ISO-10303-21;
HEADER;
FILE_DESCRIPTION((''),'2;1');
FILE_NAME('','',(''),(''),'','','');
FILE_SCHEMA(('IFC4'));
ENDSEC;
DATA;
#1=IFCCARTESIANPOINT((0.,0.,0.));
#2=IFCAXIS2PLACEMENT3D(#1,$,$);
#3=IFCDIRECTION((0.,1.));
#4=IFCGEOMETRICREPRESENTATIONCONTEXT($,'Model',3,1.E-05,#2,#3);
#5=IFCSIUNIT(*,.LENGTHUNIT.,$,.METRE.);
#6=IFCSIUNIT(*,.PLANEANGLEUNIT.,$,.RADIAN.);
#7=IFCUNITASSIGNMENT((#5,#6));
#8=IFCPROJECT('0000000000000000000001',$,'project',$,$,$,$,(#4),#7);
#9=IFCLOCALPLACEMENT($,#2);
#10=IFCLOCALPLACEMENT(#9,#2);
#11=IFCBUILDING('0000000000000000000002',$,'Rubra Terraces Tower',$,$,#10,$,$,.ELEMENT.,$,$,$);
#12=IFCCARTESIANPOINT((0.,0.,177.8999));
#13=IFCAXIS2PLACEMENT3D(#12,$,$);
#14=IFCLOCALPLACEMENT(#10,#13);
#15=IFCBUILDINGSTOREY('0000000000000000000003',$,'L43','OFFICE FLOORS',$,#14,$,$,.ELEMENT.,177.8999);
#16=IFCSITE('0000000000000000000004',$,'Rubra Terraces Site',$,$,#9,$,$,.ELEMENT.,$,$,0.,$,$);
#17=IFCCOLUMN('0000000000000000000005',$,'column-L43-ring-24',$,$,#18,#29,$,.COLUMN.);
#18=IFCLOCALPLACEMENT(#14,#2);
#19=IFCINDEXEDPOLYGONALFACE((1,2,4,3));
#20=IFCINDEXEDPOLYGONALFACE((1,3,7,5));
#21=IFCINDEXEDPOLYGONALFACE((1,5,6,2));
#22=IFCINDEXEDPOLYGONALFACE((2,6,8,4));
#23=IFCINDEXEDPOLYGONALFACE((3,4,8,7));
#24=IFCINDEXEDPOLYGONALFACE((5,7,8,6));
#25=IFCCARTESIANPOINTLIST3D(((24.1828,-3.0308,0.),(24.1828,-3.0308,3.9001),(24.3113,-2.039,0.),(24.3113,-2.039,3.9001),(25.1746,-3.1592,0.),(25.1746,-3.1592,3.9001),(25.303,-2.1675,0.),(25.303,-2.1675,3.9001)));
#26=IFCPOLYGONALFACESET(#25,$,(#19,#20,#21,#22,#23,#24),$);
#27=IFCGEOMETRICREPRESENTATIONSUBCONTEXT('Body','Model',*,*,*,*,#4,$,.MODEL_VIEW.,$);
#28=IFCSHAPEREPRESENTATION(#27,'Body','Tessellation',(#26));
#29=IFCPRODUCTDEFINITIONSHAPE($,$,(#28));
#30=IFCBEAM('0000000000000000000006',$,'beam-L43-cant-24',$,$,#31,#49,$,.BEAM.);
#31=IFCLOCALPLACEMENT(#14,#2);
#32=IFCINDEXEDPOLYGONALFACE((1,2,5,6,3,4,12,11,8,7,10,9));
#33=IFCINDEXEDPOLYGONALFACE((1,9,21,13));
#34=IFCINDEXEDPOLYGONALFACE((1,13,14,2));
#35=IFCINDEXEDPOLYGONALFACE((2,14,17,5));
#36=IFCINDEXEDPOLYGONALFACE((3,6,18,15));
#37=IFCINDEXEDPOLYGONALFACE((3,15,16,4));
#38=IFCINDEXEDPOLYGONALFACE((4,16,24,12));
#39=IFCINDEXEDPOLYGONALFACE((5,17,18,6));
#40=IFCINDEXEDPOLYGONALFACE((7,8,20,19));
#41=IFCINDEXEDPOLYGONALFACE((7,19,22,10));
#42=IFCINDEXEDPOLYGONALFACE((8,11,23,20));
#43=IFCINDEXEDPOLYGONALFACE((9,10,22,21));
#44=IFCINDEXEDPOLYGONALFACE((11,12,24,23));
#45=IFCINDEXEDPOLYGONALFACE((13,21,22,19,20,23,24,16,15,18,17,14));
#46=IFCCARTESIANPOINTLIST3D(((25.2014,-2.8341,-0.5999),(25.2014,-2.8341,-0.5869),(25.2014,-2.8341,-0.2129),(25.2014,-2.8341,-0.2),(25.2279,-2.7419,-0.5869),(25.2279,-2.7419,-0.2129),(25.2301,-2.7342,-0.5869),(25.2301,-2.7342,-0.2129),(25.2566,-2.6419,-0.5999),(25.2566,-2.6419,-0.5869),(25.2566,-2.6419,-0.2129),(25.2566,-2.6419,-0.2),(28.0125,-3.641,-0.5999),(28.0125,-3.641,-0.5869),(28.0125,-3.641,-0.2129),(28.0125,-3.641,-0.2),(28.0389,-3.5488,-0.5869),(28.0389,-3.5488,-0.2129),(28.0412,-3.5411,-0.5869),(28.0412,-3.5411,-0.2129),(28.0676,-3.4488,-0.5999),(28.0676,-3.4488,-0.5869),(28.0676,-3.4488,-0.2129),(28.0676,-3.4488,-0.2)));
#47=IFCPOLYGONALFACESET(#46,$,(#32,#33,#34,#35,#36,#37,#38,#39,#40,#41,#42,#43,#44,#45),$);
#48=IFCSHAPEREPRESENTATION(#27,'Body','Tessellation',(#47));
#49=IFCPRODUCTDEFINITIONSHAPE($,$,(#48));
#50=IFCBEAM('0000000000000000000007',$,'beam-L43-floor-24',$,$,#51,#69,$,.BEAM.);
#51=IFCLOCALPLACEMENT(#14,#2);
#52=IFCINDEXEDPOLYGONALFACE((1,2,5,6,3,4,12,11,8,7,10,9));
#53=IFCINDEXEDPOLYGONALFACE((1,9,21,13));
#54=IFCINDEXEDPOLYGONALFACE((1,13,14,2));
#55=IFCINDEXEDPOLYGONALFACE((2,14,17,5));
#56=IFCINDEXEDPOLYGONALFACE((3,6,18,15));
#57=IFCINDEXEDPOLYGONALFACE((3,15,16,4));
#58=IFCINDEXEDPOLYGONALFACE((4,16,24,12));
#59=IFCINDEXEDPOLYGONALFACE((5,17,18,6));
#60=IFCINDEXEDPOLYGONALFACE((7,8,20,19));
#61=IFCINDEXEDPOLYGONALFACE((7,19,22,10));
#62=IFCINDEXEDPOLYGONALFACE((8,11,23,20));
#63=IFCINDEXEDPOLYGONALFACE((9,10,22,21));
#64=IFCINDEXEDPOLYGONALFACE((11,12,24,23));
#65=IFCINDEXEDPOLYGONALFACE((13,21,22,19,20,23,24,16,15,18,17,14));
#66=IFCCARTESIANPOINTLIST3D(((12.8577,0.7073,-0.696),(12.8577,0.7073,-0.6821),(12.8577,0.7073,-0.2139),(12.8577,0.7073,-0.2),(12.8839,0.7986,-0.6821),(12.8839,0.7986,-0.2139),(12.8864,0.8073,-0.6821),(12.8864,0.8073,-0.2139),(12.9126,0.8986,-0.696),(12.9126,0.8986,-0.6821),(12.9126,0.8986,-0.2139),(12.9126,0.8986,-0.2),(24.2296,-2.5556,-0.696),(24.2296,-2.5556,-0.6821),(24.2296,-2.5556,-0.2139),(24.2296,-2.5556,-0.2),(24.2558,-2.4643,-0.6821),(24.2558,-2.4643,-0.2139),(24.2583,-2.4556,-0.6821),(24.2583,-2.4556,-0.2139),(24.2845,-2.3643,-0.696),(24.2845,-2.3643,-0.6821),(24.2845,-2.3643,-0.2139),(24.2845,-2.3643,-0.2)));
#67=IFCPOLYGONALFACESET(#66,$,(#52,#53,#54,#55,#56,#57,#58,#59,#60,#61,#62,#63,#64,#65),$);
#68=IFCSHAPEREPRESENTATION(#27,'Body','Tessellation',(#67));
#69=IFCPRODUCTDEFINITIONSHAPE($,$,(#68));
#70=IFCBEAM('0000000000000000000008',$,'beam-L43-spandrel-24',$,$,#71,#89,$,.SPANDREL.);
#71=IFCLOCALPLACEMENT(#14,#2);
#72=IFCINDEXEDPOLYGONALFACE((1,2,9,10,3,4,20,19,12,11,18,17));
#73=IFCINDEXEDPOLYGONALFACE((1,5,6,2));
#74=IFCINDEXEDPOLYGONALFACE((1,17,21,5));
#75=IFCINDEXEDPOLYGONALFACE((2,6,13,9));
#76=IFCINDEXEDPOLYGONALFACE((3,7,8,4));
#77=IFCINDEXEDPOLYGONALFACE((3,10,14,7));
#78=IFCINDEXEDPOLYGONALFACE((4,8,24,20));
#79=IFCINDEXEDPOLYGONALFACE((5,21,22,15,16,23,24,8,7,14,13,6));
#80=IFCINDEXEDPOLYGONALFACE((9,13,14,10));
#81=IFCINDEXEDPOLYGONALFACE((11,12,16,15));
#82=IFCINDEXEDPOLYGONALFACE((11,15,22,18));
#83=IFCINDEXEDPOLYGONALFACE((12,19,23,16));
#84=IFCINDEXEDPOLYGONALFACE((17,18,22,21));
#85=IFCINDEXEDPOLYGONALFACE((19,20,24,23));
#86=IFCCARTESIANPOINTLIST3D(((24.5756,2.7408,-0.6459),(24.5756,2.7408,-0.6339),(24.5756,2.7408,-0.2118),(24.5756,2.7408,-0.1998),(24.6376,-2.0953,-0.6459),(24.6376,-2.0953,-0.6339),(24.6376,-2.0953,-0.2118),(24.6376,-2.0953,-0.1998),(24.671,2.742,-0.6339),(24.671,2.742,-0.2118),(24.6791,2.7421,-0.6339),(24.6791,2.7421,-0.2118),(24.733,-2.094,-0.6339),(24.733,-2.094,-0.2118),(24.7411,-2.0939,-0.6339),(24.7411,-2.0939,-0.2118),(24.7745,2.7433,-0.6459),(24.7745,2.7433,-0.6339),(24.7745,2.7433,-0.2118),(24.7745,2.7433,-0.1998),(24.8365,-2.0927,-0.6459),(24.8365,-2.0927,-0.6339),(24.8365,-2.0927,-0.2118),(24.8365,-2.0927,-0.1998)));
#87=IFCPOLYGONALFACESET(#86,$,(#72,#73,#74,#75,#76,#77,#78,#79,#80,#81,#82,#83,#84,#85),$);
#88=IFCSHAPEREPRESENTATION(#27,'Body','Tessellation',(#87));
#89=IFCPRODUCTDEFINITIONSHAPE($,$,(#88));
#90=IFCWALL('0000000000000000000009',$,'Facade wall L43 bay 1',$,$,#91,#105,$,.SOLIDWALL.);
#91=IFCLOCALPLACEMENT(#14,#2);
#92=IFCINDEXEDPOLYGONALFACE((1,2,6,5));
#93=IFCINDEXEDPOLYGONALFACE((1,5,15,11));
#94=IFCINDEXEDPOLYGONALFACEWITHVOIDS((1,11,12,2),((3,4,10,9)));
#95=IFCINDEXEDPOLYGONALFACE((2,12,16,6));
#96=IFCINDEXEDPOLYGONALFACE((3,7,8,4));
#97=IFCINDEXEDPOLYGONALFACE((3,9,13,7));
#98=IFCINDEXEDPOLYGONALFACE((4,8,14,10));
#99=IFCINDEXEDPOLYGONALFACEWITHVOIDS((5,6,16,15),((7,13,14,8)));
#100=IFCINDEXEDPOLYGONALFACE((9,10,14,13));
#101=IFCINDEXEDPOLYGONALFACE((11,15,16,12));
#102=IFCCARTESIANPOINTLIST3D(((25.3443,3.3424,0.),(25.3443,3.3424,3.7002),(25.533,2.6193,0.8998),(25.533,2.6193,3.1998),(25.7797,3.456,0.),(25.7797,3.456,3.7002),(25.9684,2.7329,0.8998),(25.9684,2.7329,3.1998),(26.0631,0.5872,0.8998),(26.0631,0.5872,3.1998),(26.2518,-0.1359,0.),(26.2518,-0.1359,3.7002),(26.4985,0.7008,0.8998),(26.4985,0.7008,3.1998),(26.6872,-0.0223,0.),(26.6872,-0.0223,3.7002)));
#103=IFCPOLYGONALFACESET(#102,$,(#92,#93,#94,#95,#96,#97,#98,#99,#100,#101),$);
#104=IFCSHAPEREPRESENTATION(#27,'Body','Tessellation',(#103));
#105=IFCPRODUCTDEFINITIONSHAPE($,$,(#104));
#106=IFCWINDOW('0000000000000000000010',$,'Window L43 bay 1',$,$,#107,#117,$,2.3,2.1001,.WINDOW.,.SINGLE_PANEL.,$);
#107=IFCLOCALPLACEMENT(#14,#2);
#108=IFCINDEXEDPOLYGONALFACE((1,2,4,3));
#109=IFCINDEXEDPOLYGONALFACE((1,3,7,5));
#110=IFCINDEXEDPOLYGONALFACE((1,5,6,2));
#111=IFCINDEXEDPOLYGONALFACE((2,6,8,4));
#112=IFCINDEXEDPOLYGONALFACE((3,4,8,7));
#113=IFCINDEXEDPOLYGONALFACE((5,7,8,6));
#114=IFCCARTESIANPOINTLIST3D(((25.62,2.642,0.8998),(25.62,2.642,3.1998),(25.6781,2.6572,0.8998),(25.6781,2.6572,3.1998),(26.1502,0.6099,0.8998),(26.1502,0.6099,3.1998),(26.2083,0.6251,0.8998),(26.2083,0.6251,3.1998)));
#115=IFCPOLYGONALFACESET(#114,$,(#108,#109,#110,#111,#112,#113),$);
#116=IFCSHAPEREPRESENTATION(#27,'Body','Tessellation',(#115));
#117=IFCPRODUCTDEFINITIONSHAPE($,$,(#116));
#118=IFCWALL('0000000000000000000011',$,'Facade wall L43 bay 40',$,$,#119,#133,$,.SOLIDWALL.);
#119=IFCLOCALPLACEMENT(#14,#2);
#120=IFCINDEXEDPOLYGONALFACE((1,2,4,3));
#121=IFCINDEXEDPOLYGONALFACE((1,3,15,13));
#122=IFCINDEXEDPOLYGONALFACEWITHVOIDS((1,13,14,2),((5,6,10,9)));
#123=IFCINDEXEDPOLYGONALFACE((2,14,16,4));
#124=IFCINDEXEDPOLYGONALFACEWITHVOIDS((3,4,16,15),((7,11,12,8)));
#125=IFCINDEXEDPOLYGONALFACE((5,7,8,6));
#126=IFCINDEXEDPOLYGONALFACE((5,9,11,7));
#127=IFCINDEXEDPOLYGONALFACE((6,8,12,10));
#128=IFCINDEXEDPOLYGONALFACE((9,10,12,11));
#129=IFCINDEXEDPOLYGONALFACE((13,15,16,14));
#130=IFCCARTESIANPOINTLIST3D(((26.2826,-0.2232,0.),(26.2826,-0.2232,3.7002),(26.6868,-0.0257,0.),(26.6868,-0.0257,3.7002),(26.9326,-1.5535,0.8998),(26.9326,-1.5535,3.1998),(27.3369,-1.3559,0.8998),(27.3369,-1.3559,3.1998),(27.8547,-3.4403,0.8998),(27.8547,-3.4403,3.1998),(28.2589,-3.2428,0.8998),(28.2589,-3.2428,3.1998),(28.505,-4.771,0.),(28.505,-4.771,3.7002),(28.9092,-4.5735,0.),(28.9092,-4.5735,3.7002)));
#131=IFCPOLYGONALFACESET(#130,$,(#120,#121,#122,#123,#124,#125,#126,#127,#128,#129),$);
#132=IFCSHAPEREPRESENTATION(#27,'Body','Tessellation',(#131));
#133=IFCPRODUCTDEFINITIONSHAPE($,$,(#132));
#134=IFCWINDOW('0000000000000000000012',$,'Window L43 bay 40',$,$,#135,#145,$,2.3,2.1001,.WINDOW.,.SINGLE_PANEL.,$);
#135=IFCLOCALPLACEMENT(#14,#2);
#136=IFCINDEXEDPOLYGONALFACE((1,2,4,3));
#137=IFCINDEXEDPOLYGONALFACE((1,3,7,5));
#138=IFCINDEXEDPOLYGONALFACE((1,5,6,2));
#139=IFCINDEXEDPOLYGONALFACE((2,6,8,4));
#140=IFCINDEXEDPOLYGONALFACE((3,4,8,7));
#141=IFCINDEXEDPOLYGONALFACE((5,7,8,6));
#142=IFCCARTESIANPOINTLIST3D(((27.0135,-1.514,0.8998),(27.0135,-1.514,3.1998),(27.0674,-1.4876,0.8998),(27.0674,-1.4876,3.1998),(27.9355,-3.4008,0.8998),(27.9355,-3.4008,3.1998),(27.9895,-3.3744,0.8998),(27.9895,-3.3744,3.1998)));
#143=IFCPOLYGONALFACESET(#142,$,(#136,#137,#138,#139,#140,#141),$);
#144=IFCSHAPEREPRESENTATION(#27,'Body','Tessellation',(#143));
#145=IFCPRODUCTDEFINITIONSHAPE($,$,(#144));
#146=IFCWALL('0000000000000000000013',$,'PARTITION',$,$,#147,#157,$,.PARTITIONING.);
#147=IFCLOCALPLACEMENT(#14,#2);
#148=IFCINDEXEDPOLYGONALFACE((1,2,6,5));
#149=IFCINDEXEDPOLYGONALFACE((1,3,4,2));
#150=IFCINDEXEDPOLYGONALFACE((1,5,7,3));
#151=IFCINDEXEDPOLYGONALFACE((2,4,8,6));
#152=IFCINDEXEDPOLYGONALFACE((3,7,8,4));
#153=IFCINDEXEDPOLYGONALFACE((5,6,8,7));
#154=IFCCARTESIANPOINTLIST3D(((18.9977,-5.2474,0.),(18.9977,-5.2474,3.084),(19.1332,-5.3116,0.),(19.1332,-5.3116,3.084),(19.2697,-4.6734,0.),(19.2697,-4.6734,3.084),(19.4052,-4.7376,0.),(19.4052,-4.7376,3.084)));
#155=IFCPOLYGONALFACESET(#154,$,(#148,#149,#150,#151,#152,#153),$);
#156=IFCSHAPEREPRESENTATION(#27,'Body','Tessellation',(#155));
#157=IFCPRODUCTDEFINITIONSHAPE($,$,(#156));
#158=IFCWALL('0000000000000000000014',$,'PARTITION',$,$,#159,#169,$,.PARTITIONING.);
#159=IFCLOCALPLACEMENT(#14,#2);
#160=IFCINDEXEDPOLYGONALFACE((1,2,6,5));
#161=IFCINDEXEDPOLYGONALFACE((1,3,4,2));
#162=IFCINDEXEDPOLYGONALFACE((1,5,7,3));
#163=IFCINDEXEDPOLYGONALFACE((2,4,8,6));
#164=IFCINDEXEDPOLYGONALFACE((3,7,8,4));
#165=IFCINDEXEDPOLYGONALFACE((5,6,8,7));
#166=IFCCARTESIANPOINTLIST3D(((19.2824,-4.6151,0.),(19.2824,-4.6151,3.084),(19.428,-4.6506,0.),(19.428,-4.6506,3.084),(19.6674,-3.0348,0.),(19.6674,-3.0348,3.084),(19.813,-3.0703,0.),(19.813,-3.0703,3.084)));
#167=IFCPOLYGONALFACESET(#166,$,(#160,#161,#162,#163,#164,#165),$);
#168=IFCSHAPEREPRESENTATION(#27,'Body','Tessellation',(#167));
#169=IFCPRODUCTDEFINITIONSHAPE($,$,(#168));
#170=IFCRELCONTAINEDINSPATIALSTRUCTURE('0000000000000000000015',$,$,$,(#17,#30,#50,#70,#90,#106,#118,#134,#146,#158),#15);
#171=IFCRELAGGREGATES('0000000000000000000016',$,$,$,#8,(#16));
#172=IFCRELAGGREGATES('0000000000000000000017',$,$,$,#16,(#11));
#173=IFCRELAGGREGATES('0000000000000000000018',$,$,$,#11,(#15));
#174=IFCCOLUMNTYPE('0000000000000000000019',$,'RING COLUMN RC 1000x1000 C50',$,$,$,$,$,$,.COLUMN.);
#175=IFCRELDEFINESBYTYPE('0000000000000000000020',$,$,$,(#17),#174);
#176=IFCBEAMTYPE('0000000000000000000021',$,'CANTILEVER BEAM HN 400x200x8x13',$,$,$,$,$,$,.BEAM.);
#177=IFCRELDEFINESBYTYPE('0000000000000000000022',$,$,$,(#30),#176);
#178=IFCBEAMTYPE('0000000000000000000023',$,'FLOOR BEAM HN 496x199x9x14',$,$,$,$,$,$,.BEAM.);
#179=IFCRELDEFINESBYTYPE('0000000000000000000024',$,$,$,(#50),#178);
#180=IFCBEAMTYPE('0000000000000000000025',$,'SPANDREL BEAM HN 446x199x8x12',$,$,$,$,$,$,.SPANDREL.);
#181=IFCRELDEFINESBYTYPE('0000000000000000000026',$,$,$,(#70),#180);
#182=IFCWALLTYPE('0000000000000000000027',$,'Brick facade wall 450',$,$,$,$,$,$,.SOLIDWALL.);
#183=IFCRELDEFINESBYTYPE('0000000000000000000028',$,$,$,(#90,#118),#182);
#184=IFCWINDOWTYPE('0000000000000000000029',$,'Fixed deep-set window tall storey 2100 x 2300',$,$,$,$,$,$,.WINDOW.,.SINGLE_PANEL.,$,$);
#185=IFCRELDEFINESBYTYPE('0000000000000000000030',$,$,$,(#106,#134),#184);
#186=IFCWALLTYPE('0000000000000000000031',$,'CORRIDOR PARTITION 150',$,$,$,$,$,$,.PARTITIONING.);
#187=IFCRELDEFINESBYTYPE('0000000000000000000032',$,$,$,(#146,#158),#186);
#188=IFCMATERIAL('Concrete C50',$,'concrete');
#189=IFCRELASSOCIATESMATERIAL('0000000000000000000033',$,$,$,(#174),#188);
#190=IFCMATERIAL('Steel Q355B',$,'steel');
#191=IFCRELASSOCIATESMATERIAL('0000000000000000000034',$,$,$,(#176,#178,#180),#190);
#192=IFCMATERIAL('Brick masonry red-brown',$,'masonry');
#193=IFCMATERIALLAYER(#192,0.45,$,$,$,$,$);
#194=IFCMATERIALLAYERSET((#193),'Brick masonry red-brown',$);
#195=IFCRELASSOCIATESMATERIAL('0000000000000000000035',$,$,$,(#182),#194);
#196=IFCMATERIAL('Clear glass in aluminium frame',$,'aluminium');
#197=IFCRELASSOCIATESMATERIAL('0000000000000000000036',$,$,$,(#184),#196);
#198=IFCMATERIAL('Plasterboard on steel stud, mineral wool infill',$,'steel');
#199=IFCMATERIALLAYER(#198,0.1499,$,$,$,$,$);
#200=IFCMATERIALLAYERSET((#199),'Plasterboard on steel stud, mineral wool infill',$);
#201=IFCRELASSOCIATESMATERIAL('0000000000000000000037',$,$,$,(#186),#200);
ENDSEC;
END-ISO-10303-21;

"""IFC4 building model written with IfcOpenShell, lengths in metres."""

from ifc_helpers import new_model, si_unit, direction, frame, frame_2d, origin, origin_2d, place, context, subcontext, project, spatial, rectangle, i_section, extrude, material, layer, layer_set, material_profile, profile_set, type_object, element, fill, save


model = new_model("IFC4")

# Units and contexts
model_context = context("Model", 3, precision=1e-05, world=origin(), true_north=direction((0.0, 1.0)))
body_context = subcontext(model_context, "Body", "Model", "MODEL_VIEW")
ifc_project = project(units=[si_unit("LENGTHUNIT", "METRE"), si_unit("PLANEANGLEUNIT", "RADIAN")], contexts=[model_context])

# Site, building, storey
site_placement = place(None, origin())
site = spatial("IfcSite", under=ifc_project, at=site_placement, Name="Rubra Terraces Site", CompositionType="ELEMENT", RefElevation=0.0)
building_placement = place(site_placement, origin())
building = spatial("IfcBuilding", under=site, at=building_placement, Name="Rubra Terraces Tower", CompositionType="ELEMENT")
storey_placement = place(building_placement, frame((0.0, 0.0, 177.8999)))
storey = spatial("IfcBuildingStorey", under=building, at=storey_placement, Name="L43", Description="OFFICE FLOORS", CompositionType="ELEMENT", Elevation=177.8999)

# Column
ifc_material_1 = material(Name="Concrete C50", Category="concrete")
ifc_material_profile_1 = material_profile(ifc_material_1, rectangle(XDim=1.0, YDim=1.0, at=origin_2d()), Name="RC 1000x1000")
ifc_profile_set_1 = profile_set([ifc_material_profile_1], Name="Concrete C50")
column_type = type_object("IfcColumnType", Name="RING COLUMN RC 1000x1000 C50", PredefinedType="COLUMN", material=ifc_profile_set_1)
column_placement = place(storey_placement, frame((24.7429, -2.5991, 0.0), z_axis=(0.0, 0.0, 1.0), x_axis=(0.128444, 0.991717, 0.0)))
element("IfcColumn", 1, at=column_placement, inside=storey, type_object=column_type, Name="column-L43-ring-24", PredefinedType="COLUMN", context=body_context, shape_type="SweptSolid", body=[
    extrude(rectangle(XDim=1.0, YDim=1.0, at=origin_2d()), origin(), (0.0, 0.0, 1.0), 3.9001),
])

# Beams
ifc_material_2 = material(Name="Steel Q355B", Category="steel")
ifc_material_profile_2 = material_profile(ifc_material_2, i_section(OverallWidth=0.2, OverallDepth=0.3999, WebThickness=0.0081, FlangeThickness=0.0129, at=origin_2d()), Name="HN 400x200x8x13")
ifc_profile_set_2 = profile_set([ifc_material_profile_2], Name="Steel Q355B")
beam_type_1 = type_object("IfcBeamType", Name="CANTILEVER BEAM HN 400x200x8x13", PredefinedType="BEAM", material=ifc_profile_set_2)
beam_1_placement = place(storey_placement, frame((25.229, -2.738, -0.3999), z_axis=(0.961186, -0.275901, 0.0), x_axis=(0.275901, 0.961186, 0.0)))
element("IfcBeam", 2, at=beam_1_placement, inside=storey, type_object=beam_type_1, Name="beam-L43-cant-24", PredefinedType="BEAM", context=body_context, shape_type="SweptSolid", body=[
    extrude(i_section(OverallWidth=0.2, OverallDepth=0.3999, WebThickness=0.0081, FlangeThickness=0.0129, at=origin_2d()), origin(), (0.0, 0.0, 1.0), 2.9246),
])
ifc_material_profile_3 = material_profile(ifc_material_2, i_section(OverallWidth=0.199, OverallDepth=0.4961, WebThickness=0.009, FlangeThickness=0.0139, at=origin_2d()), Name="HN 496x199x9x14")
ifc_profile_set_3 = profile_set([ifc_material_profile_3], Name="Steel Q355B")
beam_type_2 = type_object("IfcBeamType", Name="FLOOR BEAM HN 496x199x9x14", PredefinedType="BEAM", material=ifc_profile_set_3)
beam_2_placement = place(storey_placement, frame((24.2571, -2.46, -0.448), z_axis=(-0.961216, 0.275798, 0.0), x_axis=(-0.275798, -0.961216, 0.0)))
element("IfcBeam", 3, at=beam_2_placement, inside=storey, type_object=beam_type_2, Name="beam-L43-floor-24", PredefinedType="BEAM", context=body_context, shape_type="SweptSolid", body=[
    extrude(i_section(OverallWidth=0.199, OverallDepth=0.4961, WebThickness=0.009, FlangeThickness=0.0139, at=origin_2d()), origin(), (0.0, 0.0, 1.0), 11.8308),
])
ifc_material_profile_4 = material_profile(ifc_material_2, i_section(OverallWidth=0.199, OverallDepth=0.446, WebThickness=0.0081, FlangeThickness=0.012, at=origin_2d()), Name="HN 446x199x8x12")
ifc_profile_set_4 = profile_set([ifc_material_profile_4], Name="Steel Q355B")
beam_type_3 = type_object("IfcBeamType", Name="SPANDREL BEAM HN 446x199x8x12", PredefinedType="SPANDREL", material=ifc_profile_set_4)
beam_3_placement = place(storey_placement, frame((24.7371, -2.094, -0.4229), z_axis=(-0.012822, 0.999918, 0.0), x_axis=(-0.999918, -0.012822, 0.0)))
element("IfcBeam", 4, at=beam_3_placement, inside=storey, type_object=beam_type_3, Name="beam-L43-spandrel-24", PredefinedType="SPANDREL", context=body_context, shape_type="SweptSolid", body=[
    extrude(i_section(OverallWidth=0.199, OverallDepth=0.446, WebThickness=0.0081, FlangeThickness=0.012, at=origin_2d()), origin(), (0.0, 0.0, 1.0), 4.8364),
])

# Walls, openings, windows
ifc_material_3 = material(Name="Brick masonry red-brown", Category="masonry")
ifc_layer_1 = layer(ifc_material_3, 0.45)
ifc_layer_set_1 = layer_set([ifc_layer_1], Name="Brick masonry red-brown")
wall_type_1 = type_object("IfcWallType", Name="Brick facade wall 450", PredefinedType="SOLIDWALL", material=ifc_layer_set_1)
wall_1_placement = place(storey_placement, frame((26.4695, -0.0791, 0.0), z_axis=(0.0, 0.0, 1.0), x_axis=(-0.252447, 0.967611, 0.0)))
wall_1 = element("IfcWall", 5, at=wall_1_placement, inside=storey, type_object=wall_type_1, Name="Facade wall L43 bay 1", PredefinedType="SOLIDWALL", context=body_context, shape_type="SweptSolid", body=[
    extrude(rectangle(XDim=3.5947, YDim=0.45, at=frame_2d((1.7974, 0.0))), origin(), (0.0, 0.0, 1.0), 3.7002),
])
opening_1_placement = place(wall_1_placement, frame((0.7473, 0.0, 0.8999)))
opening_1 = element("IfcOpeningElement", 6, at=opening_1_placement, cuts=wall_1, PredefinedType="OPENING", context=body_context, shape_type="SweptSolid", body=[
    extrude(rectangle(XDim=2.1001, YDim=2.3, at=frame_2d((1.05, 1.1499))), frame((0.0, 0.2349, 0.0), z_axis=(0.0, -1.0, 0.0), x_axis=(1.0, 0.0, 0.0)), (0.0, 0.0, 1.0), 0.47),
])
ifc_material_4 = material(Name="Clear glass in aluminium frame", Category="aluminium")
window_type = type_object("IfcWindowType", Name="Fixed deep-set window tall storey 2100 x 2300", PartitioningType="SINGLE_PANEL", PredefinedType="WINDOW", material=ifc_material_4)
window_1_placement = place(opening_1_placement, origin())
window_1 = element("IfcWindow", 7, at=window_1_placement, inside=storey, type_object=window_type, Name="Window L43 bay 1", OverallHeight=2.3, OverallWidth=2.1001, PartitioningType="SINGLE_PANEL", PredefinedType="WINDOW", context=body_context, shape_type="SweptSolid", body=[
    extrude(rectangle(XDim=2.1001, YDim=2.3, at=frame_2d((1.05, 1.1499))), frame((0.0, 0.135, 0.0), z_axis=(0.0, -1.0, 0.0), x_axis=(1.0, 0.0, 0.0)), (0.0, 0.0, 1.0), 0.0601),
])
fill(opening_1, window_1)
wall_2_placement = place(storey_placement, frame((28.707, -4.6721, 0.0), z_axis=(0.0, 0.0, 1.0), x_axis=(-0.439054, 0.898461, 0.0)))
wall_2 = element("IfcWall", 8, at=wall_2_placement, inside=storey, type_object=wall_type_1, Name="Facade wall L43 bay 40", PredefinedType="SOLIDWALL", context=body_context, shape_type="SweptSolid", body=[
    extrude(rectangle(XDim=5.0618, YDim=0.45, at=frame_2d((2.5308, 0.0))), origin(), (0.0, 0.0, 1.0), 3.7002),
])
opening_2_placement = place(wall_2_placement, frame((1.481, 0.0, 0.8999)))
opening_2 = element("IfcOpeningElement", 9, at=opening_2_placement, cuts=wall_2, PredefinedType="OPENING", context=body_context, shape_type="SweptSolid", body=[
    extrude(rectangle(XDim=2.1001, YDim=2.3, at=frame_2d((1.05, 1.1499))), frame((0.0, 0.2349, 0.0), z_axis=(0.0, -1.0, 0.0), x_axis=(1.0, 0.0, 0.0)), (0.0, 0.0, 1.0), 0.47),
])
window_2_placement = place(opening_2_placement, origin())
window_2 = element("IfcWindow", 10, at=window_2_placement, inside=storey, type_object=window_type, Name="Window L43 bay 40", OverallHeight=2.3, OverallWidth=2.1001, PartitioningType="SINGLE_PANEL", PredefinedType="WINDOW", context=body_context, shape_type="SweptSolid", body=[
    extrude(rectangle(XDim=2.1001, YDim=2.3, at=frame_2d((1.05, 1.1499))), frame((0.0, 0.135, 0.0), z_axis=(0.0, -1.0, 0.0), x_axis=(1.0, 0.0, 0.0)), (0.0, 0.0, 1.0), 0.0601),
])
fill(opening_2, window_2)

# Walls
ifc_material_5 = material(Name="Plasterboard on steel stud, mineral wool infill", Category="steel")
ifc_layer_2 = layer(ifc_material_5, 0.1499)
ifc_layer_set_2 = layer_set([ifc_layer_2], Name="Plasterboard on steel stud, mineral wool infill")
wall_type_2 = type_object("IfcWallType", Name="CORRIDOR PARTITION 150", PredefinedType="PARTITIONING", material=ifc_layer_set_2)
wall_3_placement = place(storey_placement, frame((19.0654, -5.2795, 0.0), z_axis=(0.0, 0.0, 1.0), x_axis=(0.428202, 0.903683, 0.0)))
element("IfcWall", 11, at=wall_3_placement, inside=storey, type_object=wall_type_2, Name="PARTITION", PredefinedType="PARTITIONING", context=body_context, shape_type="SweptSolid", body=[
    extrude(rectangle(XDim=0.6353, YDim=0.1499, at=frame_2d((0.3176, 0.0))), origin(), (0.0, 0.0, 1.0), 3.084),
])
wall_4_placement = place(storey_placement, frame((19.3552, -4.6328, 0.0), z_axis=(0.0, 0.0, 1.0), x_axis=(0.236704, 0.971582, 0.0)))
element("IfcWall", 12, at=wall_4_placement, inside=storey, type_object=wall_type_2, Name="PARTITION", PredefinedType="PARTITIONING", context=body_context, shape_type="SweptSolid", body=[
    extrude(rectangle(XDim=1.6265, YDim=0.1499, at=frame_2d((0.8132, 0.0))), origin(), (0.0, 0.0, 1.0), 3.084),
])

save(model, "model.ifc")
